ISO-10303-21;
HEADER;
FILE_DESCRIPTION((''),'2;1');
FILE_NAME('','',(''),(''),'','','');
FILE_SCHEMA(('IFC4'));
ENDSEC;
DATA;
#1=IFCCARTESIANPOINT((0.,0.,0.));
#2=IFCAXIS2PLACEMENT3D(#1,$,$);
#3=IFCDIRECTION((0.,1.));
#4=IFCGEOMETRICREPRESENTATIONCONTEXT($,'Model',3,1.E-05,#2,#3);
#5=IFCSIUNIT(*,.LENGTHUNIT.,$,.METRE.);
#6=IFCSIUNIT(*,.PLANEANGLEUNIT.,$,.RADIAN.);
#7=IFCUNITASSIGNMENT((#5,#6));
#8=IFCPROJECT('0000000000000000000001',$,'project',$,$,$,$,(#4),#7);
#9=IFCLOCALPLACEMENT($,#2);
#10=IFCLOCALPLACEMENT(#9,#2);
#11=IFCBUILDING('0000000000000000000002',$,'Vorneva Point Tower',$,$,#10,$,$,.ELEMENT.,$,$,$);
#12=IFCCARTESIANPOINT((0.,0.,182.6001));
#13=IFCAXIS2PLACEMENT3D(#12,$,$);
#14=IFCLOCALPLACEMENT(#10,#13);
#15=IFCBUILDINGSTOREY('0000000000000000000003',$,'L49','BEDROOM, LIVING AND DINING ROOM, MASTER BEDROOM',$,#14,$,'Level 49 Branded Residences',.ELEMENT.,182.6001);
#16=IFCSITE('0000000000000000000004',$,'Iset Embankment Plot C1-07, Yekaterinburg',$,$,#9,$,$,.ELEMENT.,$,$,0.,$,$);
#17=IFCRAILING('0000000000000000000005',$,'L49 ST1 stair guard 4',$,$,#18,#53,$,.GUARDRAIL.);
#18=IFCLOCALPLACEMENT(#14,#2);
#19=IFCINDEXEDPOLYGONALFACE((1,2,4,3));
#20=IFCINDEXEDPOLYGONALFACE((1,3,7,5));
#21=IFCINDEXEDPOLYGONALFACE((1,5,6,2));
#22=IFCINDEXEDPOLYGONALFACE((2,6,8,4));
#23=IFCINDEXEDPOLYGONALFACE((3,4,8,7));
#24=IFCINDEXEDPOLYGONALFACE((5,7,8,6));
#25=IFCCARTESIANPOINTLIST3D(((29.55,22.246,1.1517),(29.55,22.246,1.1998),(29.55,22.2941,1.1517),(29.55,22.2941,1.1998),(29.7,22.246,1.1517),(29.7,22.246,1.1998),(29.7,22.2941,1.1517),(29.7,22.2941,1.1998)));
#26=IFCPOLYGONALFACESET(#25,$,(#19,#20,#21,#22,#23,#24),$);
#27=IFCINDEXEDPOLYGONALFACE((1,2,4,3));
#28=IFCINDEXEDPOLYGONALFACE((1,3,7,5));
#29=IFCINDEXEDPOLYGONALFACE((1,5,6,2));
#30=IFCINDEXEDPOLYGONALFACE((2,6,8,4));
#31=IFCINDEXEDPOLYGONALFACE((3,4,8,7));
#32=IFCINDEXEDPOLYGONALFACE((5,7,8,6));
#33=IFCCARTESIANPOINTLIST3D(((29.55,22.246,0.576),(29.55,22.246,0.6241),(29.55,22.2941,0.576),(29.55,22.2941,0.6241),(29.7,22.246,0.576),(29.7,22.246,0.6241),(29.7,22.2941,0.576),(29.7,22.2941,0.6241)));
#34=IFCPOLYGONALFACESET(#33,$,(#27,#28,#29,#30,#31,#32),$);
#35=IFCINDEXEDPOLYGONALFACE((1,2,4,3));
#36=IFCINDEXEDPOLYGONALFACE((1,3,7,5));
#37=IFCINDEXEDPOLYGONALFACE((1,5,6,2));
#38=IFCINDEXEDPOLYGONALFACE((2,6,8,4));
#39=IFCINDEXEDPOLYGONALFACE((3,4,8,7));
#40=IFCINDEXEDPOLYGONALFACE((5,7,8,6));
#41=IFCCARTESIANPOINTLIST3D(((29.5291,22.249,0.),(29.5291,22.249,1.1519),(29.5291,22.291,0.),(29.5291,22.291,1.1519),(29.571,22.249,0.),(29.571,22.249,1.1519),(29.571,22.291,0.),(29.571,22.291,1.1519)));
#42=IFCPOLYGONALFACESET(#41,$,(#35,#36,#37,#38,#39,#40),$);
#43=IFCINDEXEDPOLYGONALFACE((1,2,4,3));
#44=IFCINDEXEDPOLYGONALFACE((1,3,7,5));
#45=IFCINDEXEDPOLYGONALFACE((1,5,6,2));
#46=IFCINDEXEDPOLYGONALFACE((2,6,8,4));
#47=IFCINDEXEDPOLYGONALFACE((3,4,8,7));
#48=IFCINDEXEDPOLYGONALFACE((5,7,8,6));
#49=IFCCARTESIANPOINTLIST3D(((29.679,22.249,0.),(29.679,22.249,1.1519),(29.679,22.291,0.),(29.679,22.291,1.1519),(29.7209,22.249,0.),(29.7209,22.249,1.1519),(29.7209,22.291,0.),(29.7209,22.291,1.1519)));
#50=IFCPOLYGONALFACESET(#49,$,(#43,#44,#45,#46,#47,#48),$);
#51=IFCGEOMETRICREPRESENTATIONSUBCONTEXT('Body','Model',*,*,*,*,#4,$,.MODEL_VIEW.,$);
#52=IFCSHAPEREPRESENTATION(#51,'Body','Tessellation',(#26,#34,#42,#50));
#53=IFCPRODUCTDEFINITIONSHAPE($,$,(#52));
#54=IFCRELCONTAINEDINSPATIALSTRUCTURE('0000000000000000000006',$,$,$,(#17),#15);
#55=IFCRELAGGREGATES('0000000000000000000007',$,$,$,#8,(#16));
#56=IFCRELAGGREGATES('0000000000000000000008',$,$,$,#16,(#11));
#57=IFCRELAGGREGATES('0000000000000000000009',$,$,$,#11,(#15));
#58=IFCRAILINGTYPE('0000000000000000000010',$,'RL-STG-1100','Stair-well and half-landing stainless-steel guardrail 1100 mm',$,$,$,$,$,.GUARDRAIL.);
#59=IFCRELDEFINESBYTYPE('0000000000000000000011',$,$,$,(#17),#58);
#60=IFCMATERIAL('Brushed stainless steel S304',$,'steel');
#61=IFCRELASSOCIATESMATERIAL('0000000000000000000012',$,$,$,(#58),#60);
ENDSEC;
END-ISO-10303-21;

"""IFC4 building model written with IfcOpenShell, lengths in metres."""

from ifc_helpers import new_model, si_unit, direction, frame, origin, origin_2d, place, context, subcontext, project, spatial, rectangle, extrude, material, type_object, element, save


model = new_model("IFC4")

# Units and contexts
model_context = context("Model", 3, precision=1e-05, world=origin(), true_north=direction((0.0, 1.0)))
body_context = subcontext(model_context, "Body", "Model", "MODEL_VIEW")
ifc_project = project(units=[si_unit("LENGTHUNIT", "METRE"), si_unit("PLANEANGLEUNIT", "RADIAN")], contexts=[model_context])

# Site, building, storey
site_placement = place(None, origin())
site = spatial("IfcSite", under=ifc_project, at=site_placement, Name="Iset Embankment Plot C1-07, Yekaterinburg", CompositionType="ELEMENT", RefElevation=0.0)
building_placement = place(site_placement, origin())
building = spatial("IfcBuilding", under=site, at=building_placement, Name="Vorneva Point Tower", CompositionType="ELEMENT")
storey_placement = place(building_placement, frame((0.0, 0.0, 182.6001)))
storey = spatial("IfcBuildingStorey", under=building, at=storey_placement, Name="L49", Description="BEDROOM, LIVING AND DINING ROOM, MASTER BEDROOM", LongName="Level 49 Branded Residences", CompositionType="ELEMENT", Elevation=182.6001)

# Shared definitions
ifc_material_1 = material(Name="Brushed stainless steel S304", Category="steel")

# Railing
railing_type_1 = type_object("IfcRailingType", Name="RL-STG-1100", Description="Stair-well and half-landing stainless-steel guardrail 1100 mm", PredefinedType="GUARDRAIL", material=ifc_material_1)
railing_1_placement = place(storey_placement, frame((29.55, 22.27, 0.0)))
element("IfcRailing", 1, at=railing_1_placement, inside=storey, type_object=railing_type_1, Name="L49 ST1 stair guard 4", PredefinedType="GUARDRAIL", context=body_context, shape_type="SweptSolid", body=[
    extrude(rectangle(XDim=0.0481, YDim=0.0481, at=origin_2d()), frame((0.0, 0.0, 1.1758), z_axis=(1.0, 0.0, 0.0), x_axis=(0.0, 1.0, 0.0)), (0.0, 0.0, 1.0), 0.1499),
    extrude(rectangle(XDim=0.0481, YDim=0.0481, at=origin_2d()), frame((0.0, 0.0, 0.6001), z_axis=(1.0, 0.0, 0.0), x_axis=(0.0, 1.0, 0.0)), (0.0, 0.0, 1.0), 0.1499),
    extrude(rectangle(XDim=0.042, YDim=0.042, at=origin_2d()), origin(), (0.0, 0.0, 1.0), 1.1519),
    extrude(rectangle(XDim=0.042, YDim=0.042, at=origin_2d()), frame((0.1499, 0.0, 0.0)), (0.0, 0.0, 1.0), 1.1519),
])

save(model, "model.ifc")
